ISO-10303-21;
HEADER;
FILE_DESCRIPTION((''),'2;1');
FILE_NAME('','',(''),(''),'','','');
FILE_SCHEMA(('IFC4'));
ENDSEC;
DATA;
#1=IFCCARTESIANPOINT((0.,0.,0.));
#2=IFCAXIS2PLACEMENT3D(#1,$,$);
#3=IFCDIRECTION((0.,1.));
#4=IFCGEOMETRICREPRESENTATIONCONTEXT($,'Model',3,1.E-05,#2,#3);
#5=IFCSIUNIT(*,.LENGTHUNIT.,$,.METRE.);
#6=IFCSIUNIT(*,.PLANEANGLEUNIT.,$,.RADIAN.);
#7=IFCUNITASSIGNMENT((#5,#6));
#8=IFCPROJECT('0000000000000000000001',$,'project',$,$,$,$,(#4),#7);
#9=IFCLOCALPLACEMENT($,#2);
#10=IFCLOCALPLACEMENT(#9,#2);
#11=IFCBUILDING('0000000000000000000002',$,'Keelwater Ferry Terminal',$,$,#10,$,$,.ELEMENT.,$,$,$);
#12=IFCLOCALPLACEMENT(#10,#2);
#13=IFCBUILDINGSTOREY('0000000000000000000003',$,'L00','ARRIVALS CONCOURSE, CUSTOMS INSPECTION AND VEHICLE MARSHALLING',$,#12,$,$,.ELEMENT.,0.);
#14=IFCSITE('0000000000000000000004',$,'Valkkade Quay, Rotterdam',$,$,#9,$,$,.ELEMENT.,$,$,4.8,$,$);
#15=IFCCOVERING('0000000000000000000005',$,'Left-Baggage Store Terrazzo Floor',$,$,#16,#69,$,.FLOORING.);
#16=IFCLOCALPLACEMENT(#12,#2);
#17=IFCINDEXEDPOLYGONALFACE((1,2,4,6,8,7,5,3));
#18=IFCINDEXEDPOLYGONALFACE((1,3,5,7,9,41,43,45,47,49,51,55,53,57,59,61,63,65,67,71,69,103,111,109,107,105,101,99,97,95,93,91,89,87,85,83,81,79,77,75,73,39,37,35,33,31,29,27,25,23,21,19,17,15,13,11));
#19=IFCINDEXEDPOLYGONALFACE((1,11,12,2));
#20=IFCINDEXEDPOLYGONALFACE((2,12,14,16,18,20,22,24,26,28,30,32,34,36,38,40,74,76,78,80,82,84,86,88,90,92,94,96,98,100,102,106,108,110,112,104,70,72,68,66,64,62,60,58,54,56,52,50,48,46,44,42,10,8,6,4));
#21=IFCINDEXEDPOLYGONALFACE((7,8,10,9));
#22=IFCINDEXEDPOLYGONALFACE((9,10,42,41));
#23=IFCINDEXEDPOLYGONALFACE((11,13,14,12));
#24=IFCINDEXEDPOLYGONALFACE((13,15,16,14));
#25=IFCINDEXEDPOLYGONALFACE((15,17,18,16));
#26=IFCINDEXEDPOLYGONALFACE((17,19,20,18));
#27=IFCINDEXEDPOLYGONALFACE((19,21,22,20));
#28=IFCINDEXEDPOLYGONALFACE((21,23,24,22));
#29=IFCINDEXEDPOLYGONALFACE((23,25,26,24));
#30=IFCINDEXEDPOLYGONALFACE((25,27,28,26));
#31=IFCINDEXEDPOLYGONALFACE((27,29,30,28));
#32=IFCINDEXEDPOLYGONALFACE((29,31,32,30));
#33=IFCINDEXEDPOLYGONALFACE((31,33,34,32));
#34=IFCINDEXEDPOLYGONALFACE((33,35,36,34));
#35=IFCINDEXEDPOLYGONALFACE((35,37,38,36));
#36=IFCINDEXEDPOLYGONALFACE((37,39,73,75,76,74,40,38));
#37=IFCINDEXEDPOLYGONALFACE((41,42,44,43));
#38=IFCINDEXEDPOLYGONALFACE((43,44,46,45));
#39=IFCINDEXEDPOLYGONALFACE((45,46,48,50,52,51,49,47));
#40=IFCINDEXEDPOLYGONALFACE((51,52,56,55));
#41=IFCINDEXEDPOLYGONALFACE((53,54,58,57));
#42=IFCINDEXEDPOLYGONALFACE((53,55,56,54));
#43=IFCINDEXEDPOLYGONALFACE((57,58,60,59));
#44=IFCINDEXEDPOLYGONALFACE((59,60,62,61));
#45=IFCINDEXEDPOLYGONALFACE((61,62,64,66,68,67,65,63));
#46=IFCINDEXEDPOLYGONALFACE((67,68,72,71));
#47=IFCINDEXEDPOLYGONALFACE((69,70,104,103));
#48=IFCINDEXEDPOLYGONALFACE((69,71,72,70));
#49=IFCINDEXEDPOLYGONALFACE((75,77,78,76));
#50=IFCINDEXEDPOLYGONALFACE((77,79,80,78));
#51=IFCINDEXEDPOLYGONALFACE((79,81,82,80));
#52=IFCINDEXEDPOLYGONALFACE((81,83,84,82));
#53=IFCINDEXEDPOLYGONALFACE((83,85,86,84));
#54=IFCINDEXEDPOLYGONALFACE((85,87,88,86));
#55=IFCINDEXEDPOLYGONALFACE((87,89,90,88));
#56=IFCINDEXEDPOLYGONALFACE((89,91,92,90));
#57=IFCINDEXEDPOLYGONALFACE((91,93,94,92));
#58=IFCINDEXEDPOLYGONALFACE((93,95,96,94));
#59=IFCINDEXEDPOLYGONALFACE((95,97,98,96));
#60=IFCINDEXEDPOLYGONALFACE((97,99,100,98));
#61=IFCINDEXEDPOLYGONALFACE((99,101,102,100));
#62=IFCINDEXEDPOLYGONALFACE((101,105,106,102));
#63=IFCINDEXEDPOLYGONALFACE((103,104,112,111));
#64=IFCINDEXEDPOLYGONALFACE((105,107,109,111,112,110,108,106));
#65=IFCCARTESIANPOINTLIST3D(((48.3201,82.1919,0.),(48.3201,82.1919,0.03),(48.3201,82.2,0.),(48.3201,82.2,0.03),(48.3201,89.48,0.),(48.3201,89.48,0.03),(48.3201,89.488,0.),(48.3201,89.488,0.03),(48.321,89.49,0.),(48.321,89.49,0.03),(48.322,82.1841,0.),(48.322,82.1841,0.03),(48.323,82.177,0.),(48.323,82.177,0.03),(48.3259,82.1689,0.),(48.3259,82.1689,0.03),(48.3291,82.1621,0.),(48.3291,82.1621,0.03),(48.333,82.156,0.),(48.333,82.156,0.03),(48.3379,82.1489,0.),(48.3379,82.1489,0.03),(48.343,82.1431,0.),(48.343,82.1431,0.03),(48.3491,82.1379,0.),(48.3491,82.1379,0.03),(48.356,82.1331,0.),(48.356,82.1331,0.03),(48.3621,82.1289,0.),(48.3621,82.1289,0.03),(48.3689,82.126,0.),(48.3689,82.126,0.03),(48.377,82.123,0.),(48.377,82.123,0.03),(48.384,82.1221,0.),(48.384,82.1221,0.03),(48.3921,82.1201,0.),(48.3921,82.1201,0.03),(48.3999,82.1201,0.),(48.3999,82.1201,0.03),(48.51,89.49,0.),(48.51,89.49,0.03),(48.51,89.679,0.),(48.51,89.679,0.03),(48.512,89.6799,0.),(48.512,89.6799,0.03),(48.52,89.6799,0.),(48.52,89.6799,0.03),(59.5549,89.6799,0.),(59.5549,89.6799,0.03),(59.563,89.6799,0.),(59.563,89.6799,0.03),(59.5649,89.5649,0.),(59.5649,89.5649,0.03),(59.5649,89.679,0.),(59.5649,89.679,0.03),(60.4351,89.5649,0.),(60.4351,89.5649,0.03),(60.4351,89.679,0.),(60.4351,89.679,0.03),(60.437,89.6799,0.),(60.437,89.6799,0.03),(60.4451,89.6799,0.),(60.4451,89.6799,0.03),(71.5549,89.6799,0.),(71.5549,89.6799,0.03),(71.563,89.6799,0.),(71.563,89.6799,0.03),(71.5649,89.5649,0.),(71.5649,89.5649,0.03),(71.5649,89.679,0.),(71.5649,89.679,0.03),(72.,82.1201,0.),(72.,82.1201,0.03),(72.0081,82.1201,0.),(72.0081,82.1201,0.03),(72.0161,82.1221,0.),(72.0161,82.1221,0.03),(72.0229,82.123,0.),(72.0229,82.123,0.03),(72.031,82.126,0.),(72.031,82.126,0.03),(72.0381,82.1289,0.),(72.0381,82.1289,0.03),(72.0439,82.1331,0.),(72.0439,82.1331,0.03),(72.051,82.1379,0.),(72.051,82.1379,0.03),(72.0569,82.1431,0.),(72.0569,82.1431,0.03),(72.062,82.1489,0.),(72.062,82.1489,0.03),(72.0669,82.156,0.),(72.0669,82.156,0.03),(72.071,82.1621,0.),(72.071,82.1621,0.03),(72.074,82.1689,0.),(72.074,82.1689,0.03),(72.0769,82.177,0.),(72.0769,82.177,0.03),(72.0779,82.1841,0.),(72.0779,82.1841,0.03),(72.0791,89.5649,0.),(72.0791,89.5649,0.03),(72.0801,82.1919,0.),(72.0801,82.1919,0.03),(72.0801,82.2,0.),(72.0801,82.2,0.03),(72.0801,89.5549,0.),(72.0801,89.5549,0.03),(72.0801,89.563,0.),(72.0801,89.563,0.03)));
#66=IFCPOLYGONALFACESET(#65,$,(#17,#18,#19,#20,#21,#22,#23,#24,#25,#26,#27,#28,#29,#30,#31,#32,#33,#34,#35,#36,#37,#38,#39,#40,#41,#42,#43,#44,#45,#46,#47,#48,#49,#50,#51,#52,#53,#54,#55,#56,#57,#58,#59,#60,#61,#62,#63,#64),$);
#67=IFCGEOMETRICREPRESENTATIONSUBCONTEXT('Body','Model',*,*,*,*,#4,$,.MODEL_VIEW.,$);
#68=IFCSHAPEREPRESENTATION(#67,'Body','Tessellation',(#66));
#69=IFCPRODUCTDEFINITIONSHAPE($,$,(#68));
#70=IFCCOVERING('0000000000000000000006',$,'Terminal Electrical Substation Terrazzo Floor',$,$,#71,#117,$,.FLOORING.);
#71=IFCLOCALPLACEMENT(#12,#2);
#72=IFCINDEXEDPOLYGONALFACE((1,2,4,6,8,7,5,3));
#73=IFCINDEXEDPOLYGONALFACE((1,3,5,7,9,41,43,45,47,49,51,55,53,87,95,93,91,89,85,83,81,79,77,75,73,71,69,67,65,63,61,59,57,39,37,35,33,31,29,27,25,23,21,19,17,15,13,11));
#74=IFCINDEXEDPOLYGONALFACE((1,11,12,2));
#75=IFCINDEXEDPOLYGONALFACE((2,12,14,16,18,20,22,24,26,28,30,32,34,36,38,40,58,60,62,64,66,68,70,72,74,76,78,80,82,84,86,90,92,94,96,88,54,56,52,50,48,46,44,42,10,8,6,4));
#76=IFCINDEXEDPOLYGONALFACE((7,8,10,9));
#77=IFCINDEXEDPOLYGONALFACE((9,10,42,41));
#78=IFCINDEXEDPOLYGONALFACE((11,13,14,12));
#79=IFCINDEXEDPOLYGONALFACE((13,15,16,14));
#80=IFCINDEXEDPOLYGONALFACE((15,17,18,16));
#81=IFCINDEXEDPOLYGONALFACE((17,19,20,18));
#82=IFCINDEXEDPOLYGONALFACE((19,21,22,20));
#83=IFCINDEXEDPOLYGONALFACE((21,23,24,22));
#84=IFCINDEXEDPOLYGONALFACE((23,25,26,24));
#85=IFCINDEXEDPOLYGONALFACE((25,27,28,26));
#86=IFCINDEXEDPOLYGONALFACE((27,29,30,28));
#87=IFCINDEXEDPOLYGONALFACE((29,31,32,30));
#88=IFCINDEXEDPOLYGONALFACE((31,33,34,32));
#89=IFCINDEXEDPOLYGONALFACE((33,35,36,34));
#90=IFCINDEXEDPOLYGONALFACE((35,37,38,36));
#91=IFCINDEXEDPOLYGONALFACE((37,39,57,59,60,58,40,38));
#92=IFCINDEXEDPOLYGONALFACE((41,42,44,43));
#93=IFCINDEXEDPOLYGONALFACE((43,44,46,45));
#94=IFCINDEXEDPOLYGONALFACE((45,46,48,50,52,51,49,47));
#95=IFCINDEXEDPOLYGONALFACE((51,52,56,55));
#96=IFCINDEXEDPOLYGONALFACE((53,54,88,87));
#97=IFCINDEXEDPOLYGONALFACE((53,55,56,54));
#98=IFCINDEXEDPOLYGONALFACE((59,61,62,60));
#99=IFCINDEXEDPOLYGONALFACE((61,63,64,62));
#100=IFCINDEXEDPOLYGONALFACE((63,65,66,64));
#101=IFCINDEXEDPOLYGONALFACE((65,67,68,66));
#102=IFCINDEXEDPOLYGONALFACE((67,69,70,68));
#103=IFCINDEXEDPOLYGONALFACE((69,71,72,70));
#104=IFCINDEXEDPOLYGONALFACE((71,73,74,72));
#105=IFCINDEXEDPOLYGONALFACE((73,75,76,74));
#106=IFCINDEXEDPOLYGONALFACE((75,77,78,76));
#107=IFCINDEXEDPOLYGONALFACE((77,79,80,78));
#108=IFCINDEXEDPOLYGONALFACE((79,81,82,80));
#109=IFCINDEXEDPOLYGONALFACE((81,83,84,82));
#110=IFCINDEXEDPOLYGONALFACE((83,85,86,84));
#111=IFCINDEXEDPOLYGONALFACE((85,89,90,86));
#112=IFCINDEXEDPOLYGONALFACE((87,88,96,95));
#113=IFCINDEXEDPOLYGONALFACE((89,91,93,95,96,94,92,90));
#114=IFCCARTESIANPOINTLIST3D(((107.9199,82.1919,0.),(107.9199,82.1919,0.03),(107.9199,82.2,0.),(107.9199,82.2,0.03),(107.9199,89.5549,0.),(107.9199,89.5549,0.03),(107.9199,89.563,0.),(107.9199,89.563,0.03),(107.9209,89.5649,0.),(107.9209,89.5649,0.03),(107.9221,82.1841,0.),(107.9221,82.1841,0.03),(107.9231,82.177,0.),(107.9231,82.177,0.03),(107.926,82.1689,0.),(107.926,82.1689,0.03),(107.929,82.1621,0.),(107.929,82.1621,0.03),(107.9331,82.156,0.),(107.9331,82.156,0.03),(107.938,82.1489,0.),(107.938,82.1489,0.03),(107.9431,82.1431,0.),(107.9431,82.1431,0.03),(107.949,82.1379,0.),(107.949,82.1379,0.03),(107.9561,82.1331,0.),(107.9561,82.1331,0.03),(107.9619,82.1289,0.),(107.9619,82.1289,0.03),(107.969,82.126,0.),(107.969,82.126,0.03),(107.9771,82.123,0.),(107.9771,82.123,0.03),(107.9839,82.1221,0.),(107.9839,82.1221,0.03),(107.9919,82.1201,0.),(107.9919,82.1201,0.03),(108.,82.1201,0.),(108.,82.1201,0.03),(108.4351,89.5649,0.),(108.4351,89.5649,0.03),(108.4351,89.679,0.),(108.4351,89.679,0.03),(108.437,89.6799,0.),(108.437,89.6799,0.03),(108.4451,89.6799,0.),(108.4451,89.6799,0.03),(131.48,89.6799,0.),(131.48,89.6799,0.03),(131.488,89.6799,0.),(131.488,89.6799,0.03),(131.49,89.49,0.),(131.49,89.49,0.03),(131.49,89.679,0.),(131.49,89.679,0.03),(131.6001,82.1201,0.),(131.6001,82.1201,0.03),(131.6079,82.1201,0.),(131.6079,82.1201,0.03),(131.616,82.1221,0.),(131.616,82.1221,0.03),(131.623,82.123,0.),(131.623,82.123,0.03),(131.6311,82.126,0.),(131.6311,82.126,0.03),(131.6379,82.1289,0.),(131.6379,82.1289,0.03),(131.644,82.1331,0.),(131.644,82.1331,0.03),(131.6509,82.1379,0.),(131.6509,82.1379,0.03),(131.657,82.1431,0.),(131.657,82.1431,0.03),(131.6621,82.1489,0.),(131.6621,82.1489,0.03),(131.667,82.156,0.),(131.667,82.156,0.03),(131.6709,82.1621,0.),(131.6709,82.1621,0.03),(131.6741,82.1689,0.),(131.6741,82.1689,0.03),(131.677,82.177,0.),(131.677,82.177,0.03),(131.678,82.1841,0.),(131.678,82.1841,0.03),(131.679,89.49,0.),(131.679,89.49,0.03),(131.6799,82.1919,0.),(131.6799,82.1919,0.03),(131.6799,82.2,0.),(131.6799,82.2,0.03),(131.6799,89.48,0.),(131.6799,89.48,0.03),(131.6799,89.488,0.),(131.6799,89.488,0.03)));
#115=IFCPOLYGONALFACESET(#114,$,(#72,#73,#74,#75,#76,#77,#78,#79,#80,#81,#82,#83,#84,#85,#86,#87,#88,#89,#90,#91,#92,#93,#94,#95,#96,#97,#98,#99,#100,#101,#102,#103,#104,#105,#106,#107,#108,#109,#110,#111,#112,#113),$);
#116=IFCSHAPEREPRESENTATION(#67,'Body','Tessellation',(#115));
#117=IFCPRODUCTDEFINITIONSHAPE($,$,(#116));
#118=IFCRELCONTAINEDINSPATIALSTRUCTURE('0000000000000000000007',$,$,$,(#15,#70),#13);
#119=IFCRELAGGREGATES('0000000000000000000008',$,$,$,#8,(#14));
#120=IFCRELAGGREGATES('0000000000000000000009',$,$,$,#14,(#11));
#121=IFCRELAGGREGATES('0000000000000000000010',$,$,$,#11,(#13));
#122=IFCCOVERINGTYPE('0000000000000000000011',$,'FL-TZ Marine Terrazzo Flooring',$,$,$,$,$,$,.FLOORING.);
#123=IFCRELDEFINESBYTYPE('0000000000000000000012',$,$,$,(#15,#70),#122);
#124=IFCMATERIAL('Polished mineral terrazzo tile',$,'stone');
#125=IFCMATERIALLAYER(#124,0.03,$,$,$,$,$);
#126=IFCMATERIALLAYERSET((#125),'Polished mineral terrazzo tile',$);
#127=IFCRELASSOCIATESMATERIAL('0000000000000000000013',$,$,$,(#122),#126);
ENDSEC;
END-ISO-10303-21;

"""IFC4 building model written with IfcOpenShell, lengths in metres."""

from ifc_helpers import new_model, si_unit, direction, origin, place, context, subcontext, project, spatial, polyline, outline, extrude, material, layer, layer_set, type_object, element, save


model = new_model("IFC4")

# Units and contexts
model_context = context("Model", 3, precision=1e-05, world=origin(), true_north=direction((0.0, 1.0)))
body_context = subcontext(model_context, "Body", "Model", "MODEL_VIEW")
ifc_project = project(units=[si_unit("LENGTHUNIT", "METRE"), si_unit("PLANEANGLEUNIT", "RADIAN")], contexts=[model_context])

# Site, building, storey
site_placement = place(None, origin())
site = spatial("IfcSite", under=ifc_project, at=site_placement, Name="Valkkade Quay, Rotterdam", CompositionType="ELEMENT", RefElevation=4.8)
building_placement = place(site_placement, origin())
building = spatial("IfcBuilding", under=site, at=building_placement, Name="Keelwater Ferry Terminal", CompositionType="ELEMENT")
storey_placement = place(building_placement, origin())
storey = spatial("IfcBuildingStorey", under=building, at=storey_placement, Name="L00", Description="ARRIVALS CONCOURSE, CUSTOMS INSPECTION AND VEHICLE MARSHALLING", CompositionType="ELEMENT", Elevation=0.0)

# Coverings
ifc_material_1 = material(Name="Polished mineral terrazzo tile", Category="stone")
ifc_layer_1 = layer(ifc_material_1, 0.03)
ifc_layer_set_1 = layer_set([ifc_layer_1], Name="Polished mineral terrazzo tile")
covering_type_1 = type_object("IfcCoveringType", Name="FL-TZ Marine Terrazzo Flooring", PredefinedType="FLOORING", material=ifc_layer_set_1)
covering_1_placement = place(storey_placement, origin())
element("IfcCovering", 1, at=covering_1_placement, inside=storey, type_object=covering_type_1, Name="Left-Baggage Store Terrazzo Floor", PredefinedType="FLOORING", context=body_context, shape_type="SweptSolid", body=[
    extrude(outline(polyline([(59.5649, 89.679), (59.5649, 89.5649), (60.4351, 89.5649), (60.4351, 89.679), (60.437, 89.6799), (60.4451, 89.6799), (71.5549, 89.6799), (71.563, 89.6799), (71.5649, 89.679), (71.5649, 89.5649), (72.0791, 89.5649), (72.0801, 89.563), (72.0801, 89.5549), (72.0801, 82.2), (72.0801, 82.1919), (72.0779, 82.1841), (72.0769, 82.177), (72.074, 82.1689), (72.071, 82.1621), (72.0669, 82.156), (72.062, 82.1489), (72.0569, 82.1431), (72.051, 82.1379), (72.0439, 82.1331), (72.0381, 82.1289), (72.031, 82.126), (72.0229, 82.123), (72.0161, 82.1221), (72.0081, 82.1201), (72.0, 82.1201), (48.3999, 82.1201), (48.3921, 82.1201), (48.384, 82.1221), (48.377, 82.123), (48.3689, 82.126), (48.3621, 82.1289), (48.356, 82.1331), (48.3491, 82.1379), (48.343, 82.1431), (48.3379, 82.1489), (48.333, 82.156), (48.3291, 82.1621), (48.3259, 82.1689), (48.323, 82.177), (48.322, 82.1841), (48.3201, 82.1919), (48.3201, 82.2), (48.3201, 89.48), (48.3201, 89.488), (48.321, 89.49), (48.51, 89.49), (48.51, 89.679), (48.512, 89.6799), (48.52, 89.6799), (59.5549, 89.6799), (59.563, 89.6799), (59.5649, 89.679)])), origin(), (0.0, 0.0, 1.0), 0.03),
])
covering_2_placement = place(storey_placement, origin())
element("IfcCovering", 2, at=covering_2_placement, inside=storey, type_object=covering_type_1, Name="Terminal Electrical Substation Terrazzo Floor", PredefinedType="FLOORING", context=body_context, shape_type="SweptSolid", body=[
    extrude(outline(polyline([(108.437, 89.6799), (108.4451, 89.6799), (131.48, 89.6799), (131.488, 89.6799), (131.49, 89.679), (131.49, 89.49), (131.679, 89.49), (131.6799, 89.488), (131.6799, 89.48), (131.6799, 82.2), (131.6799, 82.1919), (131.678, 82.1841), (131.677, 82.177), (131.6741, 82.1689), (131.6709, 82.1621), (131.667, 82.156), (131.6621, 82.1489), (131.657, 82.1431), (131.6509, 82.1379), (131.644, 82.1331), (131.6379, 82.1289), (131.6311, 82.126), (131.623, 82.123), (131.616, 82.1221), (131.6079, 82.1201), (131.6001, 82.1201), (108.0, 82.1201), (107.9919, 82.1201), (107.9839, 82.1221), (107.9771, 82.123), (107.969, 82.126), (107.9619, 82.1289), (107.9561, 82.1331), (107.949, 82.1379), (107.9431, 82.1431), (107.938, 82.1489), (107.9331, 82.156), (107.929, 82.1621), (107.926, 82.1689), (107.9231, 82.177), (107.9221, 82.1841), (107.9199, 82.1919), (107.9199, 82.2), (107.9199, 89.5549), (107.9199, 89.563), (107.9209, 89.5649), (108.4351, 89.5649), (108.4351, 89.679), (108.437, 89.6799)])), origin(), (0.0, 0.0, 1.0), 0.03),
])

save(model, "model.ifc")
